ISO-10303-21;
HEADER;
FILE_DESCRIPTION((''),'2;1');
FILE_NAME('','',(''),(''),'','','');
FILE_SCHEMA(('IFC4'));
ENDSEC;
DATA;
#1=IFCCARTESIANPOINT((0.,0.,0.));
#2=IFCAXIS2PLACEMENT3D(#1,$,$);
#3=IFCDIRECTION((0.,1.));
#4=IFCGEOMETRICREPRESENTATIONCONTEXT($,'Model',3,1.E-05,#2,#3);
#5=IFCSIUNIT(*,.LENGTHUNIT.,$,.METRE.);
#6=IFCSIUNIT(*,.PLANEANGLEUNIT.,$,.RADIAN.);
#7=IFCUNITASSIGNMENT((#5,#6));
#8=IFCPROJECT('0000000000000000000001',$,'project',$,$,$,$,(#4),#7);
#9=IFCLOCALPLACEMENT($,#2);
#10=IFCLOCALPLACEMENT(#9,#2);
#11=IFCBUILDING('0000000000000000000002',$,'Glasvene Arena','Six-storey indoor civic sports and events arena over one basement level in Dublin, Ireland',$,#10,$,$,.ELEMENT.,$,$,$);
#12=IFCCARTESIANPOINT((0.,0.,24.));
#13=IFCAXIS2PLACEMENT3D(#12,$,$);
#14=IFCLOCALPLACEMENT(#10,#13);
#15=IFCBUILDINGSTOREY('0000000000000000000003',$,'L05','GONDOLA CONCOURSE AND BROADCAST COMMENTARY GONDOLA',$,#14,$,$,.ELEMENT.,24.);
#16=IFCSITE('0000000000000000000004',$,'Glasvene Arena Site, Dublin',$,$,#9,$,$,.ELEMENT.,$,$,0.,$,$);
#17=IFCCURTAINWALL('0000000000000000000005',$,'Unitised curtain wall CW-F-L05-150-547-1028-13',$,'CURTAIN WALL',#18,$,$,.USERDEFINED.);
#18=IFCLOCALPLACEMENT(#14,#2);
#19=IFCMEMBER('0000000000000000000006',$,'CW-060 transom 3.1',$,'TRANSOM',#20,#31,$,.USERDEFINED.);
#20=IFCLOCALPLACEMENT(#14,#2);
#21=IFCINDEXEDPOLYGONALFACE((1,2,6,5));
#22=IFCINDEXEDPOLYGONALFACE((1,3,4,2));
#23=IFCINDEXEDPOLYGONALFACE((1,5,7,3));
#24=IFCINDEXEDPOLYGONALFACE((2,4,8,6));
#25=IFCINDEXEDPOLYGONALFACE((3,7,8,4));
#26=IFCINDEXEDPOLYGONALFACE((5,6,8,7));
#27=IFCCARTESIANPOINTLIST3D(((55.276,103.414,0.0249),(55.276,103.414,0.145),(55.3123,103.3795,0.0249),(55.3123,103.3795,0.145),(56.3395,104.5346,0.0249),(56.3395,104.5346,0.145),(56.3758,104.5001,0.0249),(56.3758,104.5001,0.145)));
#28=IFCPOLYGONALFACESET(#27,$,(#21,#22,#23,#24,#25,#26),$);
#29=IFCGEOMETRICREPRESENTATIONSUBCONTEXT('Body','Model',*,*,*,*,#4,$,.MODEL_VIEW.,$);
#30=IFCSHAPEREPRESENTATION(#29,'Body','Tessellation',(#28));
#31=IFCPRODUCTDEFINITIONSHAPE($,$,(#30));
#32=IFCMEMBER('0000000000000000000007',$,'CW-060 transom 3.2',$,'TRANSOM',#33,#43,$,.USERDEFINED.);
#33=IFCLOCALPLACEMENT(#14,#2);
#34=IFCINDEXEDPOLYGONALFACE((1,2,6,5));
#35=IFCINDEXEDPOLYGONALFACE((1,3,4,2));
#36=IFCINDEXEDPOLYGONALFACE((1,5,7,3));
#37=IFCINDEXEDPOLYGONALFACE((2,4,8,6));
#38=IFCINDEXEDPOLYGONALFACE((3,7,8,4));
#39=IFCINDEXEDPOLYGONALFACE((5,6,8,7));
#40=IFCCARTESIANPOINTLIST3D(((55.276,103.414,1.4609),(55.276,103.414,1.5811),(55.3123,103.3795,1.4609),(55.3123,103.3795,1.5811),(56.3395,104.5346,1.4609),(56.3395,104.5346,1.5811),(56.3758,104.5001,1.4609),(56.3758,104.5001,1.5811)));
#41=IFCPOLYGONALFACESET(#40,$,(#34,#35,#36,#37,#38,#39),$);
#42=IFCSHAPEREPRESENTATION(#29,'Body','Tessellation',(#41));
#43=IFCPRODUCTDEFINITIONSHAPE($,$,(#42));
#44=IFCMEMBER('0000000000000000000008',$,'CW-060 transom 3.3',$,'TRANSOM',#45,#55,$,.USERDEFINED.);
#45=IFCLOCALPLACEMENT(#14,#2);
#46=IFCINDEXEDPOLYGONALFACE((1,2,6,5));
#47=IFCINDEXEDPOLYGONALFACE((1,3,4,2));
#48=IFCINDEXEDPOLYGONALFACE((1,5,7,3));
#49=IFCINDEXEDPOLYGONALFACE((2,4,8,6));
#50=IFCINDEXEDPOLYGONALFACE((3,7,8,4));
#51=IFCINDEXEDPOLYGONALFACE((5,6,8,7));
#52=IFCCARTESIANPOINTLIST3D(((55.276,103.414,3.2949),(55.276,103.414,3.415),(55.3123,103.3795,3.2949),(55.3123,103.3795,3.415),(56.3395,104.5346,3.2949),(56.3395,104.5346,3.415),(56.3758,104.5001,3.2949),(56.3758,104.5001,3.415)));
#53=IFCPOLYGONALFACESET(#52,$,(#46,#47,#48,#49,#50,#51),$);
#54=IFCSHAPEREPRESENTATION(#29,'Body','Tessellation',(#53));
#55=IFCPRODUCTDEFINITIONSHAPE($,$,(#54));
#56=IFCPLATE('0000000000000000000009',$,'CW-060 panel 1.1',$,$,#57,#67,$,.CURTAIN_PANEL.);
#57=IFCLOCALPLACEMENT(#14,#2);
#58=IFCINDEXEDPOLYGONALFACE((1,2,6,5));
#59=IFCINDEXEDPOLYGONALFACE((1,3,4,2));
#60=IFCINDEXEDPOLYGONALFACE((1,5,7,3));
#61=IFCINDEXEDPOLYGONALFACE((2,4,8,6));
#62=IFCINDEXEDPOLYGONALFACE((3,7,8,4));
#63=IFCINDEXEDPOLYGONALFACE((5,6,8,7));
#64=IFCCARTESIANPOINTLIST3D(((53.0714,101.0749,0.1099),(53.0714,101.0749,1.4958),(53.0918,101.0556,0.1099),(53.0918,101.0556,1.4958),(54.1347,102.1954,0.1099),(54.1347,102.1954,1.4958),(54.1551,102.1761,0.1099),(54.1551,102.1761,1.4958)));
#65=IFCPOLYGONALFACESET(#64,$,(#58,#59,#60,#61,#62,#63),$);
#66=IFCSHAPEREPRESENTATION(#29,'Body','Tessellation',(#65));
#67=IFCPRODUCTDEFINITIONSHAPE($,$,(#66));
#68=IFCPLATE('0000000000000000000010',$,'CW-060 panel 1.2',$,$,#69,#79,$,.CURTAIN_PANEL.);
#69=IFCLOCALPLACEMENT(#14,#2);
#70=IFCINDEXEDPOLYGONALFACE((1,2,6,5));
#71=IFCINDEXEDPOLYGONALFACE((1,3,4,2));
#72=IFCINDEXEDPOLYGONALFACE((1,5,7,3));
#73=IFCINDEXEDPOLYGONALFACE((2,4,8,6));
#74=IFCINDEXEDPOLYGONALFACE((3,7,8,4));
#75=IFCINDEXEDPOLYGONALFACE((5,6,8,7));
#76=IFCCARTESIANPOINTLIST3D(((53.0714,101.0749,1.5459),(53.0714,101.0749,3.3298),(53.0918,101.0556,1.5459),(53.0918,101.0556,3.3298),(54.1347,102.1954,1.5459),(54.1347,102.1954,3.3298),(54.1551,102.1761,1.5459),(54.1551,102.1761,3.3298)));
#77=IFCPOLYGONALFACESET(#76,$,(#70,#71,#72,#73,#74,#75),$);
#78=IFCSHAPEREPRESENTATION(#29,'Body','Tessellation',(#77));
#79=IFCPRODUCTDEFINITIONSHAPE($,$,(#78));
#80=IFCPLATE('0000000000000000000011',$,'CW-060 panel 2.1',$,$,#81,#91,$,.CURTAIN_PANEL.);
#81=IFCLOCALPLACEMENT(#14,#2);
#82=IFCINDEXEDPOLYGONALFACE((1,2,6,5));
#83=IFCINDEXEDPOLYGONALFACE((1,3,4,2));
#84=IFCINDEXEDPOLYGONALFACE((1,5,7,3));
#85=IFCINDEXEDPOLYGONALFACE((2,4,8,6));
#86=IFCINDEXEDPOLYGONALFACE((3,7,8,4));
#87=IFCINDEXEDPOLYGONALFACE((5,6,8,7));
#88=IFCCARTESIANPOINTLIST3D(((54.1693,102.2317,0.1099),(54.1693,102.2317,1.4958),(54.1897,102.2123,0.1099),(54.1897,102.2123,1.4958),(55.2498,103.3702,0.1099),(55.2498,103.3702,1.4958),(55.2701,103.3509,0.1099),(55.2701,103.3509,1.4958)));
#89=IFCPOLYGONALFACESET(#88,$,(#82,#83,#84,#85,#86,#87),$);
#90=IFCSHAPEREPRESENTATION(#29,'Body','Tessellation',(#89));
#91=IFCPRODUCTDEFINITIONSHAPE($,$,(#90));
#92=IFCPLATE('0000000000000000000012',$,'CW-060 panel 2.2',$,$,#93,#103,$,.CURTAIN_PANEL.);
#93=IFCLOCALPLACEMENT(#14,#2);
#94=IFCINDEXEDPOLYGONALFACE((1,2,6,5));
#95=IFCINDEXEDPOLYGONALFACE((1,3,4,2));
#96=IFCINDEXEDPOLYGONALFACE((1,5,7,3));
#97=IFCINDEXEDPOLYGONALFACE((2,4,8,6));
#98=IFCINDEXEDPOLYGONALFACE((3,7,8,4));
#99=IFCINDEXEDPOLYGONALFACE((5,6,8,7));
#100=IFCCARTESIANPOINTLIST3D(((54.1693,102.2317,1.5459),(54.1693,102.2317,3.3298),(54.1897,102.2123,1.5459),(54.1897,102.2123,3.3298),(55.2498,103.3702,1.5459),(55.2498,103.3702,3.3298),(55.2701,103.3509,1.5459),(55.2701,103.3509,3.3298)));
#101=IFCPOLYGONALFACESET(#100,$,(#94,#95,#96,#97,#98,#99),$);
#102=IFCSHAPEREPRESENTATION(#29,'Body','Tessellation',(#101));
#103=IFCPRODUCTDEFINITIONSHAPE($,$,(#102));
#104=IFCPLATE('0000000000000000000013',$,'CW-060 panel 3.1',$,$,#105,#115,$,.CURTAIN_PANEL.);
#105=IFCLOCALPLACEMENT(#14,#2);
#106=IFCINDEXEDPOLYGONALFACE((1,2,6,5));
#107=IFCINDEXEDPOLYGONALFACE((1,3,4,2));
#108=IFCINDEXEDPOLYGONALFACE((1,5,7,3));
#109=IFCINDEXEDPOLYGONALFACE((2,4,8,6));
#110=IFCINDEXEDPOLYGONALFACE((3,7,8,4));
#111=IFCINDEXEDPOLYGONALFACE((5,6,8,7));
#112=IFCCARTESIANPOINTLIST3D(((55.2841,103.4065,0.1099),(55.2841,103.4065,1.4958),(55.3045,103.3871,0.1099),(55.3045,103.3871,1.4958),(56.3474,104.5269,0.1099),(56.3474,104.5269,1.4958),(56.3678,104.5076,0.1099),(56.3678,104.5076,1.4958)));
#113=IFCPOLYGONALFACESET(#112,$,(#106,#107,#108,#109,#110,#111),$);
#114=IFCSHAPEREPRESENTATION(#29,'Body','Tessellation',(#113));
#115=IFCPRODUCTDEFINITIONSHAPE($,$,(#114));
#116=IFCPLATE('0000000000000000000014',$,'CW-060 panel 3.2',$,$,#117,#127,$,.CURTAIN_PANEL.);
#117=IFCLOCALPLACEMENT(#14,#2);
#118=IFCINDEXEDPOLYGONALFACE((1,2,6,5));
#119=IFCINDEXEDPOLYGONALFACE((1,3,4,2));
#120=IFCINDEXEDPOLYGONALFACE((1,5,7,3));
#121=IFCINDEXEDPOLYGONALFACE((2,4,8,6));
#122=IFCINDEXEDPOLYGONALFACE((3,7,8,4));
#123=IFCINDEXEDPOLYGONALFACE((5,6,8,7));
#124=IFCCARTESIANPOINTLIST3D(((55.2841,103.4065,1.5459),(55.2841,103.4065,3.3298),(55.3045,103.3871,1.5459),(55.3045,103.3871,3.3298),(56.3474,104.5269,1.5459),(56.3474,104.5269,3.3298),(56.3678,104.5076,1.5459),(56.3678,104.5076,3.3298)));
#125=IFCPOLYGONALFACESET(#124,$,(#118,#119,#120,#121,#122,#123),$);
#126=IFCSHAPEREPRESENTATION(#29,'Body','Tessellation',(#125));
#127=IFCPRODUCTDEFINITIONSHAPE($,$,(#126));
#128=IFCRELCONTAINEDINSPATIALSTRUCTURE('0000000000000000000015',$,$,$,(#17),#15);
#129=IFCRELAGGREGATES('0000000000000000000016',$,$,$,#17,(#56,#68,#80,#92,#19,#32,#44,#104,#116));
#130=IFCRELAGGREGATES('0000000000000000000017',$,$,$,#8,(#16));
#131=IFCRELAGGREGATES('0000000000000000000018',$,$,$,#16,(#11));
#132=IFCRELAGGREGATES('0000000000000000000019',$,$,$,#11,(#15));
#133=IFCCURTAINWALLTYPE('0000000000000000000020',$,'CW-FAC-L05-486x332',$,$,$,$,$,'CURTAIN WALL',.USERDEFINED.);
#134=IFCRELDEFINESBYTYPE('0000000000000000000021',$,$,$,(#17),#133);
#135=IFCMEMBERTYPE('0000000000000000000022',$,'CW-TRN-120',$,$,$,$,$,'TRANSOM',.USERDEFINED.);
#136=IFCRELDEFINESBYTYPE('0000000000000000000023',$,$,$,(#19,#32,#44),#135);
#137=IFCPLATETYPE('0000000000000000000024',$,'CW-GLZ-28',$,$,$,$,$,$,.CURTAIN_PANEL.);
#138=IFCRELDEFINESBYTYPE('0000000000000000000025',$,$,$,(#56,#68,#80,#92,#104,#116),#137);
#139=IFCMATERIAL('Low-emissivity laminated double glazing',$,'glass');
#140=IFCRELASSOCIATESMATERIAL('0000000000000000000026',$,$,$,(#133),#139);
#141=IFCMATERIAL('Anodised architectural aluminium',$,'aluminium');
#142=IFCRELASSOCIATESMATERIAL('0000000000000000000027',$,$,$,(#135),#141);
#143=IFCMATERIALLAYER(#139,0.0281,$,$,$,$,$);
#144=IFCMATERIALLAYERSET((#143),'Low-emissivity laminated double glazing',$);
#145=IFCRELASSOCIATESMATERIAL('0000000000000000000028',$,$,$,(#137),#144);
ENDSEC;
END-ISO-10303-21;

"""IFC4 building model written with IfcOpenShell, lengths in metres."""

from ifc_helpers import new_model, si_unit, direction, frame, origin, origin_2d, place, context, subcontext, project, spatial, rectangle, extrude, material, layer, layer_set, material_profile, profile_set, type_object, element, aggregate, save


model = new_model("IFC4")

# Units and contexts
model_context = context("Model", 3, precision=1e-05, world=origin(), true_north=direction((0.0, 1.0)))
body_context = subcontext(model_context, "Body", "Model", "MODEL_VIEW")
ifc_project = project(units=[si_unit("LENGTHUNIT", "METRE"), si_unit("PLANEANGLEUNIT", "RADIAN")], contexts=[model_context])

# Site, building, storey
site_placement = place(None, origin())
site = spatial("IfcSite", under=ifc_project, at=site_placement, Name="Glasvene Arena Site, Dublin", CompositionType="ELEMENT", RefElevation=0.0)
building_placement = place(site_placement, origin())
building = spatial("IfcBuilding", under=site, at=building_placement, Name="Glasvene Arena", Description="Six-storey indoor civic sports and events arena over one basement level in Dublin, Ireland", CompositionType="ELEMENT")
storey_placement = place(building_placement, frame((0.0, 0.0, 24.0)))
storey = spatial("IfcBuildingStorey", under=building, at=storey_placement, Name="L05", Description="GONDOLA CONCOURSE AND BROADCAST COMMENTARY GONDOLA", CompositionType="ELEMENT", Elevation=24.0)

# Shared definitions
ifc_material_1 = material(Name="Low-emissivity laminated double glazing", Category="glass")
ifc_material_2 = material(Name="Anodised architectural aluminium", Category="aluminium")

# Curtain wall, members, plates
curtain_wall_type_1 = type_object("IfcCurtainWallType", Name="CW-FAC-L05-486x332", ElementType="CURTAIN WALL", PredefinedType="USERDEFINED", material=ifc_material_1)
curtain_wall_1_placement = place(storey_placement, frame((53.0474, 101.0291, 0.0)))
curtain_wall_1 = element("IfcCurtainWall", 1, at=curtain_wall_1_placement, inside=storey, type_object=curtain_wall_type_1, Name="Unitised curtain wall CW-F-L05-150-547-1028-13", ObjectType="CURTAIN WALL", PredefinedType="USERDEFINED")
ifc_material_profile_1 = material_profile(ifc_material_2, rectangle(XDim=0.05, YDim=0.1201, at=origin_2d()), Name="ALU TRANSOM 50x120")
ifc_profile_set_1 = profile_set([ifc_material_profile_1], Name="Anodised architectural aluminium")
member_type_1 = type_object("IfcMemberType", Name="CW-TRN-120", ElementType="TRANSOM", PredefinedType="USERDEFINED", material=ifc_profile_set_1)
member_1_placement = place(storey_placement, frame((55.2942, 103.3967, 0.085), z_axis=(0.688376, 0.725354, 0.0), x_axis=(-0.725354, 0.688376, 0.0)))
member_1 = element("IfcMember", 2, at=member_1_placement, type_object=member_type_1, Name="CW-060 transom 3.1", ObjectType="TRANSOM", PredefinedType="USERDEFINED", context=body_context, shape_type="SweptSolid", body=[
    extrude(rectangle(XDim=0.05, YDim=0.1201, at=origin_2d()), origin(), (0.0, 0.0, 1.0), 1.5449),
])
member_2_placement = place(storey_placement, frame((55.2942, 103.3967, 1.521), z_axis=(0.688376, 0.725354, 0.0), x_axis=(-0.725354, 0.688376, 0.0)))
member_2 = element("IfcMember", 3, at=member_2_placement, type_object=member_type_1, Name="CW-060 transom 3.2", ObjectType="TRANSOM", PredefinedType="USERDEFINED", context=body_context, shape_type="SweptSolid", body=[
    extrude(rectangle(XDim=0.05, YDim=0.1201, at=origin_2d()), origin(), (0.0, 0.0, 1.0), 1.5449),
])
member_3_placement = place(storey_placement, frame((55.2942, 103.3967, 3.355), z_axis=(0.688376, 0.725354, 0.0), x_axis=(-0.725354, 0.688376, 0.0)))
member_3 = element("IfcMember", 4, at=member_3_placement, type_object=member_type_1, Name="CW-060 transom 3.3", ObjectType="TRANSOM", PredefinedType="USERDEFINED", context=body_context, shape_type="SweptSolid", body=[
    extrude(rectangle(XDim=0.05, YDim=0.1201, at=origin_2d()), origin(), (0.0, 0.0, 1.0), 1.5449),
])
ifc_layer_1 = layer(ifc_material_1, 0.0281)
ifc_layer_set_1 = layer_set([ifc_layer_1], Name="Low-emissivity laminated double glazing")
plate_type = type_object("IfcPlateType", Name="CW-GLZ-28", PredefinedType="CURTAIN_PANEL", material=ifc_layer_set_1)
plate_1_placement = place(storey_placement, frame((53.6133, 101.6255, 0.1099), z_axis=(0.0, 0.0, 1.0), x_axis=(0.688363, 0.725367, 0.0)))
plate_1 = element("IfcPlate", 5, at=plate_1_placement, type_object=plate_type, Name="CW-060 panel 1.1", PredefinedType="CURTAIN_PANEL", context=body_context, shape_type="SweptSolid", body=[
    extrude(rectangle(XDim=1.5447, YDim=0.0281, at=origin_2d()), origin(), (0.0, 0.0, 1.0), 1.386),
])
plate_2_placement = place(storey_placement, frame((53.6133, 101.6255, 1.5459), z_axis=(0.0, 0.0, 1.0), x_axis=(0.688363, 0.725367, 0.0)))
plate_2 = element("IfcPlate", 6, at=plate_2_placement, type_object=plate_type, Name="CW-060 panel 1.2", PredefinedType="CURTAIN_PANEL", context=body_context, shape_type="SweptSolid", body=[
    extrude(rectangle(XDim=1.5447, YDim=0.0281, at=origin_2d()), origin(), (0.0, 0.0, 1.0), 1.7839),
])
plate_3_placement = place(storey_placement, frame((54.7197, 102.7913, 0.1099), z_axis=(0.0, 0.0, 1.0), x_axis=(0.688363, 0.725367, 0.0)))
plate_3 = element("IfcPlate", 7, at=plate_3_placement, type_object=plate_type, Name="CW-060 panel 2.1", PredefinedType="CURTAIN_PANEL", context=body_context, shape_type="SweptSolid", body=[
    extrude(rectangle(XDim=1.5696, YDim=0.0281, at=origin_2d()), origin(), (0.0, 0.0, 1.0), 1.386),
])
plate_4_placement = place(storey_placement, frame((54.7197, 102.7913, 1.5459), z_axis=(0.0, 0.0, 1.0), x_axis=(0.688363, 0.725367, 0.0)))
plate_4 = element("IfcPlate", 8, at=plate_4_placement, type_object=plate_type, Name="CW-060 panel 2.2", PredefinedType="CURTAIN_PANEL", context=body_context, shape_type="SweptSolid", body=[
    extrude(rectangle(XDim=1.5696, YDim=0.0281, at=origin_2d()), origin(), (0.0, 0.0, 1.0), 1.7839),
])
plate_5_placement = place(storey_placement, frame((55.8259, 103.957, 0.1099), z_axis=(0.0, 0.0, 1.0), x_axis=(0.688363, 0.725367, 0.0)))
plate_5 = element("IfcPlate", 9, at=plate_5_placement, type_object=plate_type, Name="CW-060 panel 3.1", PredefinedType="CURTAIN_PANEL", context=body_context, shape_type="SweptSolid", body=[
    extrude(rectangle(XDim=1.5447, YDim=0.0281, at=origin_2d()), origin(), (0.0, 0.0, 1.0), 1.386),
])
plate_6_placement = place(storey_placement, frame((55.8259, 103.957, 1.5459), z_axis=(0.0, 0.0, 1.0), x_axis=(0.688363, 0.725367, 0.0)))
plate_6 = element("IfcPlate", 10, at=plate_6_placement, type_object=plate_type, Name="CW-060 panel 3.2", PredefinedType="CURTAIN_PANEL", context=body_context, shape_type="SweptSolid", body=[
    extrude(rectangle(XDim=1.5447, YDim=0.0281, at=origin_2d()), origin(), (0.0, 0.0, 1.0), 1.7839),
])
aggregate(curtain_wall_1, [plate_1, plate_2, plate_3, plate_4, member_1, member_2, member_3, plate_5, plate_6])

save(model, "model.ifc")
